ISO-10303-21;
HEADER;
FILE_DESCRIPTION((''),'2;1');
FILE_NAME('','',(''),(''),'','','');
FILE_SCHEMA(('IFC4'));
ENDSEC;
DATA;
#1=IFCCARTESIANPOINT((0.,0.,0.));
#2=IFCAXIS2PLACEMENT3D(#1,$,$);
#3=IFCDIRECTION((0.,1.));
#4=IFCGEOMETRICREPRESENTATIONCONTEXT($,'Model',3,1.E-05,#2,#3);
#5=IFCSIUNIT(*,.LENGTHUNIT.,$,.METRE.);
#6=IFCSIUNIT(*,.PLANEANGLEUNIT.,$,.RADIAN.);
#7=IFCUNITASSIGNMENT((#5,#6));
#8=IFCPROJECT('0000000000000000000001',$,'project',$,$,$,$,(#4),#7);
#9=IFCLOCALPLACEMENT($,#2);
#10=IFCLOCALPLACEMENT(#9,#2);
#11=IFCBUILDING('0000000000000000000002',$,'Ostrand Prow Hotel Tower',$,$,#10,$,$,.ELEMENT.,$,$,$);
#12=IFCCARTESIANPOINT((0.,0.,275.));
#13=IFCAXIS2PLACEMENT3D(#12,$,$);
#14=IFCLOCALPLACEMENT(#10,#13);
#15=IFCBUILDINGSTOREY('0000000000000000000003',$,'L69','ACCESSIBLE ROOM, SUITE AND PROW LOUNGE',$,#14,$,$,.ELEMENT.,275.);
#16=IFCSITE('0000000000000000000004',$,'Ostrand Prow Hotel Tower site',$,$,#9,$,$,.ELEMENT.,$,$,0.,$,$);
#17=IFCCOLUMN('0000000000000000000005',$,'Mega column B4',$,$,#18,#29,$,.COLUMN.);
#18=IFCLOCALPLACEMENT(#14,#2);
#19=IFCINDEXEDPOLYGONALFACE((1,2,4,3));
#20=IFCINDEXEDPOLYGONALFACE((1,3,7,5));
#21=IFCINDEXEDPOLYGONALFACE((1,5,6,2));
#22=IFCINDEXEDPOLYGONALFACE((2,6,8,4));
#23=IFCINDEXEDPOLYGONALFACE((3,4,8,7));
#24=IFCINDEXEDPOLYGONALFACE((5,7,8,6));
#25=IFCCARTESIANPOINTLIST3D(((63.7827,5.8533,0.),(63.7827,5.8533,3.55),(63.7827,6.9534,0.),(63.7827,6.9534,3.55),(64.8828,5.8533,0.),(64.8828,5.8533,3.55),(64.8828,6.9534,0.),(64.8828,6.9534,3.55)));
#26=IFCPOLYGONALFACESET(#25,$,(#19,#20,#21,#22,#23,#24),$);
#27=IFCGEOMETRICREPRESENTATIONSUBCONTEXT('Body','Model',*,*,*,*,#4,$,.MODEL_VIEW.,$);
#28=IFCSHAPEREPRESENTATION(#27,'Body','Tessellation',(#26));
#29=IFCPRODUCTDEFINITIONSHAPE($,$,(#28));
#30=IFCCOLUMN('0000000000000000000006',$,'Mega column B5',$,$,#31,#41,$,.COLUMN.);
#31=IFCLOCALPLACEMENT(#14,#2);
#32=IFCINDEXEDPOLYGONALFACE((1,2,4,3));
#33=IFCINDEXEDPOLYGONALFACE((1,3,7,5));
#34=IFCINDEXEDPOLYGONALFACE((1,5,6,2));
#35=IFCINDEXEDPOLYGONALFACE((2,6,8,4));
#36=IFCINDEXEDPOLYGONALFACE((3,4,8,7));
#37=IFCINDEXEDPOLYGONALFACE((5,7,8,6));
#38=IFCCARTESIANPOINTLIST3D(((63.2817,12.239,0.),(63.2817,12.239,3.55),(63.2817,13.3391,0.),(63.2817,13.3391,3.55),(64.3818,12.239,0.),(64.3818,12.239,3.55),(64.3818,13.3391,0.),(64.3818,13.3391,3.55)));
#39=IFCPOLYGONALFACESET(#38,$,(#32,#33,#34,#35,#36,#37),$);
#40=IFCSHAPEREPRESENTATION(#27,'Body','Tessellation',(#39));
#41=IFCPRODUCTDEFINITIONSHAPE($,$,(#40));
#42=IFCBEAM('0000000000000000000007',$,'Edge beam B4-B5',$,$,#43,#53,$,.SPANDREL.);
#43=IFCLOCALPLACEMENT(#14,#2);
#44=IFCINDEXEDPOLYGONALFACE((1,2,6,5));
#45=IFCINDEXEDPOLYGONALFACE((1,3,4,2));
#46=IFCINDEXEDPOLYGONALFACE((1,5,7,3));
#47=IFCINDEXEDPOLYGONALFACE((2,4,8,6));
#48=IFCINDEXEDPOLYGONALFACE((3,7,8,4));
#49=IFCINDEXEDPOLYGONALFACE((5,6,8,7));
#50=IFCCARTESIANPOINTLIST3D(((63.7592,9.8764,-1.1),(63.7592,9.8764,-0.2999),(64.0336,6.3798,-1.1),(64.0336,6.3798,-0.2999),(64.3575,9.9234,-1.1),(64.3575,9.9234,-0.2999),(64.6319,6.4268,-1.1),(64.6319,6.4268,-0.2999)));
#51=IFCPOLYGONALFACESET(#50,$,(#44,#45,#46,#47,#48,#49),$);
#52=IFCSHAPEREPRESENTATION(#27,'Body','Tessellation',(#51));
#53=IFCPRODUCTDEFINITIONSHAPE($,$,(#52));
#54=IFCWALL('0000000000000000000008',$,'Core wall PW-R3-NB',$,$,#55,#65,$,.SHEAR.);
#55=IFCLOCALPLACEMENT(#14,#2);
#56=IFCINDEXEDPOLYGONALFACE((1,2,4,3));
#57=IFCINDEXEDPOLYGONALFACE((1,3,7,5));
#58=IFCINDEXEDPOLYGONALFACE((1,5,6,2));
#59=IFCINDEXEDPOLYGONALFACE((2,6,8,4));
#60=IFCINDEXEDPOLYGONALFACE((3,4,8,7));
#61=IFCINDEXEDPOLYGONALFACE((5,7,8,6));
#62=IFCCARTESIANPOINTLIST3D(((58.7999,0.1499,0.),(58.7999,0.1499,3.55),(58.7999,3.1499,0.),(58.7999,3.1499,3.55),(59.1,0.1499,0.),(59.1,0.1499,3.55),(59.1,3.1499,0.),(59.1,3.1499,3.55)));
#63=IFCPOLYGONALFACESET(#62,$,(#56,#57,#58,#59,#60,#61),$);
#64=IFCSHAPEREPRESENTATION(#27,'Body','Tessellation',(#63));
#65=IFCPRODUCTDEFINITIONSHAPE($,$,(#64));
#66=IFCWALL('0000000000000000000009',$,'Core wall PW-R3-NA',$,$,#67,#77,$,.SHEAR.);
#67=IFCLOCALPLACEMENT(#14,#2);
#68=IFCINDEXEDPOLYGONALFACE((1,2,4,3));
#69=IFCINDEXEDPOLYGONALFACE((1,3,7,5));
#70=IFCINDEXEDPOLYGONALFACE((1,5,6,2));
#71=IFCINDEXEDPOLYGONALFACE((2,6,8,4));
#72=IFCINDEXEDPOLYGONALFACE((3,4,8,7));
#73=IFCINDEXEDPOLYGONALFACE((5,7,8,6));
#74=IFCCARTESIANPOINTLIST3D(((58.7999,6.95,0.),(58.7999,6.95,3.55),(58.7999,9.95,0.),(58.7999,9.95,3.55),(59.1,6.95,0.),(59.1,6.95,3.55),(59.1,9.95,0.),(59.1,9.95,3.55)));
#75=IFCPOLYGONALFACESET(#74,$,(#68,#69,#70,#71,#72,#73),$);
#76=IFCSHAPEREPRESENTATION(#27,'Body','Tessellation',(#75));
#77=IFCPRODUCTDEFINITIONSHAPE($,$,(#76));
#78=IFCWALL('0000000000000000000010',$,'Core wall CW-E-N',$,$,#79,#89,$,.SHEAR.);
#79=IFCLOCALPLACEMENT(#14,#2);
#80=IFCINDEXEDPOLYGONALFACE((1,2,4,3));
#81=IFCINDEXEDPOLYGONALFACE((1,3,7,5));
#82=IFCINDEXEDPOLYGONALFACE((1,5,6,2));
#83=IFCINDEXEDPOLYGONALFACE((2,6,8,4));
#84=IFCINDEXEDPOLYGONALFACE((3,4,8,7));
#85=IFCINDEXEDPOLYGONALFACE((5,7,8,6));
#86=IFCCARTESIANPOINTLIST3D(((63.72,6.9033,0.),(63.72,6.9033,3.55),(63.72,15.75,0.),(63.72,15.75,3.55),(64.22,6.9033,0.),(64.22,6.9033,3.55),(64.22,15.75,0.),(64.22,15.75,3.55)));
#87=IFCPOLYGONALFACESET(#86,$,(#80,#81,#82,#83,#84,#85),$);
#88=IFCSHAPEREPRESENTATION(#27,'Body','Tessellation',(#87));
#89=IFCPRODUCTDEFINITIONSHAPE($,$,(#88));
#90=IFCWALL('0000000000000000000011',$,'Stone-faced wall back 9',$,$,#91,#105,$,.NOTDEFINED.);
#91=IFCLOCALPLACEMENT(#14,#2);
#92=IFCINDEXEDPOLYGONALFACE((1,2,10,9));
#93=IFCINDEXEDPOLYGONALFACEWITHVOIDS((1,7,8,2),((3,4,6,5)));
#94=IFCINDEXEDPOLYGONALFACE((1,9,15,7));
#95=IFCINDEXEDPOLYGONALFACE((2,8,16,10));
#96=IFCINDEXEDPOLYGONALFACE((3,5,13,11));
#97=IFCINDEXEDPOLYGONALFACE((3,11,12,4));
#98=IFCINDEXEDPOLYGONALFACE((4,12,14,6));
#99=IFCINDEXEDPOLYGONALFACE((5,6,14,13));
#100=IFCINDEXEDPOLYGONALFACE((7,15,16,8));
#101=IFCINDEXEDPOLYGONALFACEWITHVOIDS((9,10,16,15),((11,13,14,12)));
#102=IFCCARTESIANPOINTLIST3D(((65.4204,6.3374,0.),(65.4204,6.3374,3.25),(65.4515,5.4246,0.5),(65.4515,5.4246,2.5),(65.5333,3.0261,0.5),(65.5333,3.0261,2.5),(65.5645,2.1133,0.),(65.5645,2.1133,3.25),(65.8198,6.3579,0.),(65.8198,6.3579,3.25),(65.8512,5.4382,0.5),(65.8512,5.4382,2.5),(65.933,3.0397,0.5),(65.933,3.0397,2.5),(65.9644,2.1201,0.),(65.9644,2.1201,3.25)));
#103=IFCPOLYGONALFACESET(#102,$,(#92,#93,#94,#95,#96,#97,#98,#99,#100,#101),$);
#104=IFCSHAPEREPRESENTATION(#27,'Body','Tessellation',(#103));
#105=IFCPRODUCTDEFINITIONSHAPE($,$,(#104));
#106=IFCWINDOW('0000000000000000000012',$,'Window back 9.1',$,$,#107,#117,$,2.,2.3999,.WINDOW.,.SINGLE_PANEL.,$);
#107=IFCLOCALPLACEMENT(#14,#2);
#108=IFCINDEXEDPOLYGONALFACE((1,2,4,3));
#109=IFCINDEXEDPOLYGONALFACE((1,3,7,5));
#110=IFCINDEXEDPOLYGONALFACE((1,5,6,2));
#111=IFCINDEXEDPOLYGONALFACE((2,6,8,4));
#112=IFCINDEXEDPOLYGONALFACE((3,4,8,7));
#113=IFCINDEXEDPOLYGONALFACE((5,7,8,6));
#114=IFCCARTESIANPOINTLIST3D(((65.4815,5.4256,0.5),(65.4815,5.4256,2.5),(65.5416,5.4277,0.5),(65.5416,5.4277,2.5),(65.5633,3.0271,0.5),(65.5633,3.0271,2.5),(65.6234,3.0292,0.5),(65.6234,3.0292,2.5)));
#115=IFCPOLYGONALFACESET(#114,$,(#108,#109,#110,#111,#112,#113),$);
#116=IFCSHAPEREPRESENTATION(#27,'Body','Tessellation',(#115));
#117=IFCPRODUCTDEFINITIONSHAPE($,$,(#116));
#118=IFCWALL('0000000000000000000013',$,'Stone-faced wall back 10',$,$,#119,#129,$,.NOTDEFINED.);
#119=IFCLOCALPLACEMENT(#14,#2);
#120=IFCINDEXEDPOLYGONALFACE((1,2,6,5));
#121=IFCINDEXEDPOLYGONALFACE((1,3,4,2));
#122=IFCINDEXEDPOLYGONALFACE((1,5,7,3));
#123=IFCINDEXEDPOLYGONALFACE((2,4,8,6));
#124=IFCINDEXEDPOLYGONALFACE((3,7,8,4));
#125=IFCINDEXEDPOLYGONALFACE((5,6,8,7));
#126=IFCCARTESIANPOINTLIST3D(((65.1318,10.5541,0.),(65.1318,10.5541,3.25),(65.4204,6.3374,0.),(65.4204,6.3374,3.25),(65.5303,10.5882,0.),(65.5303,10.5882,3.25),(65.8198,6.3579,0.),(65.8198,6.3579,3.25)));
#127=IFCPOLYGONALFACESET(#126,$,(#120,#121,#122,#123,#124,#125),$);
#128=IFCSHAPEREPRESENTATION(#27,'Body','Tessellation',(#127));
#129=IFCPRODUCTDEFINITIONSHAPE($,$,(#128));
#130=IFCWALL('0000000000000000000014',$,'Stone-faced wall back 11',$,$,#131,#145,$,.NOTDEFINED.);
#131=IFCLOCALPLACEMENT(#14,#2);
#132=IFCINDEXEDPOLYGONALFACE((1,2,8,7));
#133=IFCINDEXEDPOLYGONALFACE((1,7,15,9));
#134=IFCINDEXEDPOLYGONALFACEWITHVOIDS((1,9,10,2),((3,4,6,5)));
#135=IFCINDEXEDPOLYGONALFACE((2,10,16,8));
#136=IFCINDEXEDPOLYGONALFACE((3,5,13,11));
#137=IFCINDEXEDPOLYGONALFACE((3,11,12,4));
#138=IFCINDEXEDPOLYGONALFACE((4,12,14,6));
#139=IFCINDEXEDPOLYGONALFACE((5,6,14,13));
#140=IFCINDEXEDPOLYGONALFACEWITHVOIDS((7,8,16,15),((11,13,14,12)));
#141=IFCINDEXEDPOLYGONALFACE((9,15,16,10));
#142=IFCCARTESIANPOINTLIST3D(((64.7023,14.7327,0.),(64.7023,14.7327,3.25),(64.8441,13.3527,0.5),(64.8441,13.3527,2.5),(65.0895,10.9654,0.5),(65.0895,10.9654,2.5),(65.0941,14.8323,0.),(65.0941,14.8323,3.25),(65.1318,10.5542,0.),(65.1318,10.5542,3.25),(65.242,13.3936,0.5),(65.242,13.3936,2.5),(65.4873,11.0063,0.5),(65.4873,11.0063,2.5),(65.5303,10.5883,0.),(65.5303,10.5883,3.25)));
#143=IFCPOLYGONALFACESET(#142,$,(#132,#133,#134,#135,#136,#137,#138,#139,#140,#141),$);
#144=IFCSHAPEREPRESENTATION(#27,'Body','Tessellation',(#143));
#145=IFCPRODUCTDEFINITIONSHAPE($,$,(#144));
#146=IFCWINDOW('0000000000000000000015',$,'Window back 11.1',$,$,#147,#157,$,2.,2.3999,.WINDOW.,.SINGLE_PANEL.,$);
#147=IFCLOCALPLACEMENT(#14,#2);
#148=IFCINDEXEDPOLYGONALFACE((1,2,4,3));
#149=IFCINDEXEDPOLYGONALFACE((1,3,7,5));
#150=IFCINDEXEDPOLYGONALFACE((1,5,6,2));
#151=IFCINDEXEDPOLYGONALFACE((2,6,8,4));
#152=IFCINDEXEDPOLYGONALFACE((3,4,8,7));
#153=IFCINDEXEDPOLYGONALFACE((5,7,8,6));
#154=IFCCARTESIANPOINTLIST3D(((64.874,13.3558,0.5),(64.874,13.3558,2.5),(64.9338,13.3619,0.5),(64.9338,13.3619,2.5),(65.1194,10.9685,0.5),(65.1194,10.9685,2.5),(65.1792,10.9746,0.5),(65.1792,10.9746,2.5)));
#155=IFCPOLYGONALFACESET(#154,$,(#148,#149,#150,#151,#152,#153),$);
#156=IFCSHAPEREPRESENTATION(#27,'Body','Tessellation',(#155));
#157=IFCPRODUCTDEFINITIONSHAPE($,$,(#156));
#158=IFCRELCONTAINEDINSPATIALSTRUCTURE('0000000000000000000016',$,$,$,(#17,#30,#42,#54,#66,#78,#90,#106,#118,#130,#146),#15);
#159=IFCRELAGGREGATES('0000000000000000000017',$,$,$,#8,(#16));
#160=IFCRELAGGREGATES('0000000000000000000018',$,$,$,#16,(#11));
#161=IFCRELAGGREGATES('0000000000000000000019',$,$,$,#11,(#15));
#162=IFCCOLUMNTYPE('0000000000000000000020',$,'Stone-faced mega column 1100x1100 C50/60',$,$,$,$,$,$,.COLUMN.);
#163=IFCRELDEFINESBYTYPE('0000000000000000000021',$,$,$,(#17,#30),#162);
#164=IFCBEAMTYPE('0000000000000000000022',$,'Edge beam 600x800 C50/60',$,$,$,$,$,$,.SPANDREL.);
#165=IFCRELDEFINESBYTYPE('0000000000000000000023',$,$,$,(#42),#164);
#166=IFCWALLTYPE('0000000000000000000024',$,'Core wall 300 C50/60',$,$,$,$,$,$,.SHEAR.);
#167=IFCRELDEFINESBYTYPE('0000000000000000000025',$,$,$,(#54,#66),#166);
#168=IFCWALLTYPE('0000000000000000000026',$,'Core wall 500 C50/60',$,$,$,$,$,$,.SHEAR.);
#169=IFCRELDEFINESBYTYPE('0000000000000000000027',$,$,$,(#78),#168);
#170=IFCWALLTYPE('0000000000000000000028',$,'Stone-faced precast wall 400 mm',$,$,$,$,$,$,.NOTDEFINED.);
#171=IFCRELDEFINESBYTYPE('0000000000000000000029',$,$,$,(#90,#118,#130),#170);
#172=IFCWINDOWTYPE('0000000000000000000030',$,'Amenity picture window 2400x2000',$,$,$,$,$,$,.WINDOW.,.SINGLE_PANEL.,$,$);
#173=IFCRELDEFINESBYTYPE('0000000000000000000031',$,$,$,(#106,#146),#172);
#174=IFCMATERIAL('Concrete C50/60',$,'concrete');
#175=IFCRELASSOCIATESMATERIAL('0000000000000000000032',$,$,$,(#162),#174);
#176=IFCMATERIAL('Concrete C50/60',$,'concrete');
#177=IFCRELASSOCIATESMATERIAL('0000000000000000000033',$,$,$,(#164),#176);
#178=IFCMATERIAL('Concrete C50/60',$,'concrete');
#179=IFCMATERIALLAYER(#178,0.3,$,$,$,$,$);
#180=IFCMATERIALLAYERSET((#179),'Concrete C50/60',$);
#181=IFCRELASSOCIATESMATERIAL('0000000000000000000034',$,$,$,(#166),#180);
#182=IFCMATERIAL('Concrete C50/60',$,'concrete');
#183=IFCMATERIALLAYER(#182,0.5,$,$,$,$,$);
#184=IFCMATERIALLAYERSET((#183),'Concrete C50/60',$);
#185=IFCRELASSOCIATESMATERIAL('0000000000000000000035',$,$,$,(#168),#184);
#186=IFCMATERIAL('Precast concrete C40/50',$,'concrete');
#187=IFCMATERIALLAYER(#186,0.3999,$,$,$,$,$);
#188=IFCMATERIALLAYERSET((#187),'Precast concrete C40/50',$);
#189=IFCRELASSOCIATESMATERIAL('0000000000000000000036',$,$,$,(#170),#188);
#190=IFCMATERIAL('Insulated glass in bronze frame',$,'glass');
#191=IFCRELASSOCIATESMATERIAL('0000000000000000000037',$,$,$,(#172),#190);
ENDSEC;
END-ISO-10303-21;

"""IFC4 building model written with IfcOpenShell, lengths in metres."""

from ifc_helpers import new_model, si_unit, direction, frame, frame_2d, origin, origin_2d, place, context, subcontext, project, spatial, polyline, rectangle, outline, extrude, material, layer, layer_set, material_profile, profile_set, type_object, element, fill, save


model = new_model("IFC4")

# Units and contexts
model_context = context("Model", 3, precision=1e-05, world=origin(), true_north=direction((0.0, 1.0)))
body_context = subcontext(model_context, "Body", "Model", "MODEL_VIEW")
ifc_project = project(units=[si_unit("LENGTHUNIT", "METRE"), si_unit("PLANEANGLEUNIT", "RADIAN")], contexts=[model_context])

# Site, building, storey
site_placement = place(None, origin())
site = spatial("IfcSite", under=ifc_project, at=site_placement, Name="Ostrand Prow Hotel Tower site", CompositionType="ELEMENT", RefElevation=0.0)
building_placement = place(site_placement, origin())
building = spatial("IfcBuilding", under=site, at=building_placement, Name="Ostrand Prow Hotel Tower", CompositionType="ELEMENT")
storey_placement = place(building_placement, frame((0.0, 0.0, 275.0)))
storey = spatial("IfcBuildingStorey", under=building, at=storey_placement, Name="L69", Description="ACCESSIBLE ROOM, SUITE AND PROW LOUNGE", CompositionType="ELEMENT", Elevation=275.0)

# Columns
ifc_material_1 = material(Name="Concrete C50/60", Category="concrete")
ifc_material_profile_1 = material_profile(ifc_material_1, rectangle(XDim=1.1001, YDim=1.1001, at=origin_2d()), Name="RC 1100x1100")
ifc_profile_set_1 = profile_set([ifc_material_profile_1], Name="Concrete C50/60")
column_type = type_object("IfcColumnType", Name="Stone-faced mega column 1100x1100 C50/60", PredefinedType="COLUMN", material=ifc_profile_set_1)
for number, where, z_axis, x_axis, name in (
    (1, (64.3328, 6.4033, 0.0), (0.0, 0.0, 1.0), (1.0, 0.0, 0.0), "Mega column B4"),
    (2, (63.8318, 12.7891, 0.0), (0.0, 0.0, 1.0), (1.0, 0.0, 0.0), "Mega column B5"),
):
    element("IfcColumn", number, at=place(storey_placement, frame(where, z_axis=z_axis, x_axis=x_axis)), inside=storey, type_object=column_type, Name=name, PredefinedType="COLUMN", context=body_context, shape_type="SweptSolid", body=[
        extrude(rectangle(XDim=1.1001, YDim=1.1001, at=origin_2d()), origin(), (0.0, 0.0, 1.0), 3.55),
    ])

# Beam
ifc_material_2 = material(Name="Concrete C50/60", Category="concrete")
ifc_material_profile_2 = material_profile(ifc_material_2, rectangle(XDim=0.6001, YDim=0.8, at=origin_2d()), Name="RC 600x800")
ifc_profile_set_2 = profile_set([ifc_material_profile_2], Name="Concrete C50/60")
beam_type = type_object("IfcBeamType", Name="Edge beam 600x800 C50/60", PredefinedType="SPANDREL", material=ifc_profile_set_2)
beam_placement = place(storey_placement, frame((64.3328, 6.4033, -0.7), z_axis=(-0.07824, 0.996935, 0.0), x_axis=(-0.996935, -0.07824, 0.0)))
element("IfcBeam", 3, at=beam_placement, inside=storey, type_object=beam_type, Name="Edge beam B4-B5", PredefinedType="SPANDREL", context=body_context, shape_type="SweptSolid", body=[
    extrude(rectangle(XDim=0.6001, YDim=0.8, at=origin_2d()), origin(), (0.0, 0.0, 1.0), 3.5073),
])

# Walls
ifc_material_3 = material(Name="Concrete C50/60", Category="concrete")
ifc_layer_1 = layer(ifc_material_3, 0.3)
ifc_layer_set_1 = layer_set([ifc_layer_1], Name="Concrete C50/60")
wall_type_1 = type_object("IfcWallType", Name="Core wall 300 C50/60", PredefinedType="SHEAR", material=ifc_layer_set_1)
for number, where, z_axis, x_axis, name in (
    (4, (58.95, 0.1499, 0.0), (0.0, 0.0, 1.0), (0.0, 1.0, 0.0), "Core wall PW-R3-NB"),
    (5, (58.95, 6.95, 0.0), (0.0, 0.0, 1.0), (0.0, 1.0, 0.0), "Core wall PW-R3-NA"),
):
    element("IfcWall", number, at=place(storey_placement, frame(where, z_axis=z_axis, x_axis=x_axis)), inside=storey, type_object=wall_type_1, Name=name, PredefinedType="SHEAR", context=body_context, shape_type="SweptSolid", body=[
        extrude(rectangle(XDim=3.0, YDim=0.3, at=frame_2d((1.5, 0.0))), origin(), (0.0, 0.0, 1.0), 3.55),
    ])
ifc_material_4 = material(Name="Concrete C50/60", Category="concrete")
ifc_layer_2 = layer(ifc_material_4, 0.5)
ifc_layer_set_2 = layer_set([ifc_layer_2], Name="Concrete C50/60")
wall_type_2 = type_object("IfcWallType", Name="Core wall 500 C50/60", PredefinedType="SHEAR", material=ifc_layer_set_2)
wall_1_placement = place(storey_placement, frame((63.97, 6.9033, 0.0), z_axis=(0.0, 0.0, 1.0), x_axis=(0.0, 1.0, 0.0)))
element("IfcWall", 6, at=wall_1_placement, inside=storey, type_object=wall_type_2, Name="Core wall CW-E-N", PredefinedType="SHEAR", context=body_context, shape_type="SweptSolid", body=[
    extrude(rectangle(XDim=8.8467, YDim=0.5, at=frame_2d((4.4233, 0.0))), origin(), (0.0, 0.0, 1.0), 3.55),
])

# Wall, opening, window
ifc_material_5 = material(Name="Precast concrete C40/50", Category="concrete")
ifc_layer_3 = layer(ifc_material_5, 0.3999)
ifc_layer_set_3 = layer_set([ifc_layer_3], Name="Precast concrete C40/50")
wall_type_3 = type_object("IfcWallType", Name="Stone-faced precast wall 400 mm", PredefinedType="NOTDEFINED", material=ifc_layer_set_3)
wall_2_placement = place(storey_placement, frame((65.7644, 2.1167, 0.0), z_axis=(0.0, 0.0, 1.0), x_axis=(-0.034083, 0.999419, 0.0)))
wall_2 = element("IfcWall", 7, at=wall_2_placement, inside=storey, type_object=wall_type_3, Name="Stone-faced wall back 9", PredefinedType="NOTDEFINED", context=body_context, shape_type="SweptSolid", body=[
    extrude(outline(polyline([(-0.0034, -0.2), (4.2368, -0.2), (4.23, 0.2), (0.0034, 0.2), (-0.0034, -0.2)])), origin(), (0.0, 0.0, 1.0), 3.25),
])
opening_1_placement = place(wall_2_placement, frame((0.9167, 0.0, 0.5)))
opening_1 = element("IfcOpeningElement", 8, at=opening_1_placement, cuts=wall_2, PredefinedType="OPENING", context=body_context, shape_type="SweptSolid", body=[
    extrude(rectangle(XDim=2.3999, YDim=2.0, at=frame_2d((1.2, 1.0))), frame((0.0, 0.21, 0.0), z_axis=(0.0, -1.0, 0.0), x_axis=(1.0, 0.0, 0.0)), (0.0, 0.0, 1.0), 0.4199),
])
ifc_material_6 = material(Name="Insulated glass in bronze frame", Category="glass")
window_type = type_object("IfcWindowType", Name="Amenity picture window 2400x2000", PartitioningType="SINGLE_PANEL", PredefinedType="WINDOW", material=ifc_material_6)
window_1_placement = place(opening_1_placement, origin())
window_1 = element("IfcWindow", 9, at=window_1_placement, inside=storey, type_object=window_type, Name="Window back 9.1", OverallHeight=2.0, OverallWidth=2.3999, PartitioningType="SINGLE_PANEL", PredefinedType="WINDOW", context=body_context, shape_type="SweptSolid", body=[
    extrude(rectangle(XDim=2.3999, YDim=2.0, at=frame_2d((1.2, 1.0))), frame((0.0, 0.1699, 0.0), z_axis=(0.0, -1.0, 0.0), x_axis=(1.0, 0.0, 0.0)), (0.0, 0.0, 1.0), 0.0601),
])
fill(opening_1, window_1)

# Wall
wall_3_placement = place(storey_placement, frame((65.6201, 6.3477, 0.0), z_axis=(0.0, 0.0, 1.0), x_axis=(-0.06828, 0.997666, 0.0)))
element("IfcWall", 10, at=wall_3_placement, inside=storey, type_object=wall_type_3, Name="Stone-faced wall back 10", PredefinedType="NOTDEFINED", context=body_context, shape_type="SweptSolid", body=[
    extrude(outline(polyline([(-0.0034, -0.2), (4.2368, -0.2), (4.23, 0.2), (0.0034, 0.2), (-0.0034, -0.2)])), origin(), (0.0, 0.0, 1.0), 3.25),
])

# Wall, opening, window
wall_4_placement = place(storey_placement, frame((65.3311, 10.5713, 0.0), z_axis=(0.0, 0.0, 1.0), x_axis=(-0.10225, 0.994759, 0.0)))
wall_4 = element("IfcWall", 11, at=wall_4_placement, inside=storey, type_object=wall_type_3, Name="Stone-faced wall back 11", PredefinedType="NOTDEFINED", context=body_context, shape_type="SweptSolid", body=[
    extrude(outline(polyline([(-0.0034, -0.2), (4.2629, -0.2), (4.2039, 0.2), (0.0034, 0.2), (-0.0034, -0.2)])), origin(), (0.0, 0.0, 1.0), 3.25),
])
opening_2_placement = place(wall_4_placement, frame((0.4167, 0.0, 0.5)))
opening_2 = element("IfcOpeningElement", 12, at=opening_2_placement, cuts=wall_4, PredefinedType="OPENING", context=body_context, shape_type="SweptSolid", body=[
    extrude(rectangle(XDim=2.3999, YDim=2.0, at=frame_2d((1.2, 1.0))), frame((0.0, 0.21, 0.0), z_axis=(0.0, -1.0, 0.0), x_axis=(1.0, 0.0, 0.0)), (0.0, 0.0, 1.0), 0.4199),
])
window_2_placement = place(opening_2_placement, origin())
window_2 = element("IfcWindow", 13, at=window_2_placement, inside=storey, type_object=window_type, Name="Window back 11.1", OverallHeight=2.0, OverallWidth=2.3999, PartitioningType="SINGLE_PANEL", PredefinedType="WINDOW", context=body_context, shape_type="SweptSolid", body=[
    extrude(rectangle(XDim=2.3999, YDim=2.0, at=frame_2d((1.2, 1.0))), frame((0.0, 0.1699, 0.0), z_axis=(0.0, -1.0, 0.0), x_axis=(1.0, 0.0, 0.0)), (0.0, 0.0, 1.0), 0.0601),
])
fill(opening_2, window_2)

save(model, "model.ifc")
